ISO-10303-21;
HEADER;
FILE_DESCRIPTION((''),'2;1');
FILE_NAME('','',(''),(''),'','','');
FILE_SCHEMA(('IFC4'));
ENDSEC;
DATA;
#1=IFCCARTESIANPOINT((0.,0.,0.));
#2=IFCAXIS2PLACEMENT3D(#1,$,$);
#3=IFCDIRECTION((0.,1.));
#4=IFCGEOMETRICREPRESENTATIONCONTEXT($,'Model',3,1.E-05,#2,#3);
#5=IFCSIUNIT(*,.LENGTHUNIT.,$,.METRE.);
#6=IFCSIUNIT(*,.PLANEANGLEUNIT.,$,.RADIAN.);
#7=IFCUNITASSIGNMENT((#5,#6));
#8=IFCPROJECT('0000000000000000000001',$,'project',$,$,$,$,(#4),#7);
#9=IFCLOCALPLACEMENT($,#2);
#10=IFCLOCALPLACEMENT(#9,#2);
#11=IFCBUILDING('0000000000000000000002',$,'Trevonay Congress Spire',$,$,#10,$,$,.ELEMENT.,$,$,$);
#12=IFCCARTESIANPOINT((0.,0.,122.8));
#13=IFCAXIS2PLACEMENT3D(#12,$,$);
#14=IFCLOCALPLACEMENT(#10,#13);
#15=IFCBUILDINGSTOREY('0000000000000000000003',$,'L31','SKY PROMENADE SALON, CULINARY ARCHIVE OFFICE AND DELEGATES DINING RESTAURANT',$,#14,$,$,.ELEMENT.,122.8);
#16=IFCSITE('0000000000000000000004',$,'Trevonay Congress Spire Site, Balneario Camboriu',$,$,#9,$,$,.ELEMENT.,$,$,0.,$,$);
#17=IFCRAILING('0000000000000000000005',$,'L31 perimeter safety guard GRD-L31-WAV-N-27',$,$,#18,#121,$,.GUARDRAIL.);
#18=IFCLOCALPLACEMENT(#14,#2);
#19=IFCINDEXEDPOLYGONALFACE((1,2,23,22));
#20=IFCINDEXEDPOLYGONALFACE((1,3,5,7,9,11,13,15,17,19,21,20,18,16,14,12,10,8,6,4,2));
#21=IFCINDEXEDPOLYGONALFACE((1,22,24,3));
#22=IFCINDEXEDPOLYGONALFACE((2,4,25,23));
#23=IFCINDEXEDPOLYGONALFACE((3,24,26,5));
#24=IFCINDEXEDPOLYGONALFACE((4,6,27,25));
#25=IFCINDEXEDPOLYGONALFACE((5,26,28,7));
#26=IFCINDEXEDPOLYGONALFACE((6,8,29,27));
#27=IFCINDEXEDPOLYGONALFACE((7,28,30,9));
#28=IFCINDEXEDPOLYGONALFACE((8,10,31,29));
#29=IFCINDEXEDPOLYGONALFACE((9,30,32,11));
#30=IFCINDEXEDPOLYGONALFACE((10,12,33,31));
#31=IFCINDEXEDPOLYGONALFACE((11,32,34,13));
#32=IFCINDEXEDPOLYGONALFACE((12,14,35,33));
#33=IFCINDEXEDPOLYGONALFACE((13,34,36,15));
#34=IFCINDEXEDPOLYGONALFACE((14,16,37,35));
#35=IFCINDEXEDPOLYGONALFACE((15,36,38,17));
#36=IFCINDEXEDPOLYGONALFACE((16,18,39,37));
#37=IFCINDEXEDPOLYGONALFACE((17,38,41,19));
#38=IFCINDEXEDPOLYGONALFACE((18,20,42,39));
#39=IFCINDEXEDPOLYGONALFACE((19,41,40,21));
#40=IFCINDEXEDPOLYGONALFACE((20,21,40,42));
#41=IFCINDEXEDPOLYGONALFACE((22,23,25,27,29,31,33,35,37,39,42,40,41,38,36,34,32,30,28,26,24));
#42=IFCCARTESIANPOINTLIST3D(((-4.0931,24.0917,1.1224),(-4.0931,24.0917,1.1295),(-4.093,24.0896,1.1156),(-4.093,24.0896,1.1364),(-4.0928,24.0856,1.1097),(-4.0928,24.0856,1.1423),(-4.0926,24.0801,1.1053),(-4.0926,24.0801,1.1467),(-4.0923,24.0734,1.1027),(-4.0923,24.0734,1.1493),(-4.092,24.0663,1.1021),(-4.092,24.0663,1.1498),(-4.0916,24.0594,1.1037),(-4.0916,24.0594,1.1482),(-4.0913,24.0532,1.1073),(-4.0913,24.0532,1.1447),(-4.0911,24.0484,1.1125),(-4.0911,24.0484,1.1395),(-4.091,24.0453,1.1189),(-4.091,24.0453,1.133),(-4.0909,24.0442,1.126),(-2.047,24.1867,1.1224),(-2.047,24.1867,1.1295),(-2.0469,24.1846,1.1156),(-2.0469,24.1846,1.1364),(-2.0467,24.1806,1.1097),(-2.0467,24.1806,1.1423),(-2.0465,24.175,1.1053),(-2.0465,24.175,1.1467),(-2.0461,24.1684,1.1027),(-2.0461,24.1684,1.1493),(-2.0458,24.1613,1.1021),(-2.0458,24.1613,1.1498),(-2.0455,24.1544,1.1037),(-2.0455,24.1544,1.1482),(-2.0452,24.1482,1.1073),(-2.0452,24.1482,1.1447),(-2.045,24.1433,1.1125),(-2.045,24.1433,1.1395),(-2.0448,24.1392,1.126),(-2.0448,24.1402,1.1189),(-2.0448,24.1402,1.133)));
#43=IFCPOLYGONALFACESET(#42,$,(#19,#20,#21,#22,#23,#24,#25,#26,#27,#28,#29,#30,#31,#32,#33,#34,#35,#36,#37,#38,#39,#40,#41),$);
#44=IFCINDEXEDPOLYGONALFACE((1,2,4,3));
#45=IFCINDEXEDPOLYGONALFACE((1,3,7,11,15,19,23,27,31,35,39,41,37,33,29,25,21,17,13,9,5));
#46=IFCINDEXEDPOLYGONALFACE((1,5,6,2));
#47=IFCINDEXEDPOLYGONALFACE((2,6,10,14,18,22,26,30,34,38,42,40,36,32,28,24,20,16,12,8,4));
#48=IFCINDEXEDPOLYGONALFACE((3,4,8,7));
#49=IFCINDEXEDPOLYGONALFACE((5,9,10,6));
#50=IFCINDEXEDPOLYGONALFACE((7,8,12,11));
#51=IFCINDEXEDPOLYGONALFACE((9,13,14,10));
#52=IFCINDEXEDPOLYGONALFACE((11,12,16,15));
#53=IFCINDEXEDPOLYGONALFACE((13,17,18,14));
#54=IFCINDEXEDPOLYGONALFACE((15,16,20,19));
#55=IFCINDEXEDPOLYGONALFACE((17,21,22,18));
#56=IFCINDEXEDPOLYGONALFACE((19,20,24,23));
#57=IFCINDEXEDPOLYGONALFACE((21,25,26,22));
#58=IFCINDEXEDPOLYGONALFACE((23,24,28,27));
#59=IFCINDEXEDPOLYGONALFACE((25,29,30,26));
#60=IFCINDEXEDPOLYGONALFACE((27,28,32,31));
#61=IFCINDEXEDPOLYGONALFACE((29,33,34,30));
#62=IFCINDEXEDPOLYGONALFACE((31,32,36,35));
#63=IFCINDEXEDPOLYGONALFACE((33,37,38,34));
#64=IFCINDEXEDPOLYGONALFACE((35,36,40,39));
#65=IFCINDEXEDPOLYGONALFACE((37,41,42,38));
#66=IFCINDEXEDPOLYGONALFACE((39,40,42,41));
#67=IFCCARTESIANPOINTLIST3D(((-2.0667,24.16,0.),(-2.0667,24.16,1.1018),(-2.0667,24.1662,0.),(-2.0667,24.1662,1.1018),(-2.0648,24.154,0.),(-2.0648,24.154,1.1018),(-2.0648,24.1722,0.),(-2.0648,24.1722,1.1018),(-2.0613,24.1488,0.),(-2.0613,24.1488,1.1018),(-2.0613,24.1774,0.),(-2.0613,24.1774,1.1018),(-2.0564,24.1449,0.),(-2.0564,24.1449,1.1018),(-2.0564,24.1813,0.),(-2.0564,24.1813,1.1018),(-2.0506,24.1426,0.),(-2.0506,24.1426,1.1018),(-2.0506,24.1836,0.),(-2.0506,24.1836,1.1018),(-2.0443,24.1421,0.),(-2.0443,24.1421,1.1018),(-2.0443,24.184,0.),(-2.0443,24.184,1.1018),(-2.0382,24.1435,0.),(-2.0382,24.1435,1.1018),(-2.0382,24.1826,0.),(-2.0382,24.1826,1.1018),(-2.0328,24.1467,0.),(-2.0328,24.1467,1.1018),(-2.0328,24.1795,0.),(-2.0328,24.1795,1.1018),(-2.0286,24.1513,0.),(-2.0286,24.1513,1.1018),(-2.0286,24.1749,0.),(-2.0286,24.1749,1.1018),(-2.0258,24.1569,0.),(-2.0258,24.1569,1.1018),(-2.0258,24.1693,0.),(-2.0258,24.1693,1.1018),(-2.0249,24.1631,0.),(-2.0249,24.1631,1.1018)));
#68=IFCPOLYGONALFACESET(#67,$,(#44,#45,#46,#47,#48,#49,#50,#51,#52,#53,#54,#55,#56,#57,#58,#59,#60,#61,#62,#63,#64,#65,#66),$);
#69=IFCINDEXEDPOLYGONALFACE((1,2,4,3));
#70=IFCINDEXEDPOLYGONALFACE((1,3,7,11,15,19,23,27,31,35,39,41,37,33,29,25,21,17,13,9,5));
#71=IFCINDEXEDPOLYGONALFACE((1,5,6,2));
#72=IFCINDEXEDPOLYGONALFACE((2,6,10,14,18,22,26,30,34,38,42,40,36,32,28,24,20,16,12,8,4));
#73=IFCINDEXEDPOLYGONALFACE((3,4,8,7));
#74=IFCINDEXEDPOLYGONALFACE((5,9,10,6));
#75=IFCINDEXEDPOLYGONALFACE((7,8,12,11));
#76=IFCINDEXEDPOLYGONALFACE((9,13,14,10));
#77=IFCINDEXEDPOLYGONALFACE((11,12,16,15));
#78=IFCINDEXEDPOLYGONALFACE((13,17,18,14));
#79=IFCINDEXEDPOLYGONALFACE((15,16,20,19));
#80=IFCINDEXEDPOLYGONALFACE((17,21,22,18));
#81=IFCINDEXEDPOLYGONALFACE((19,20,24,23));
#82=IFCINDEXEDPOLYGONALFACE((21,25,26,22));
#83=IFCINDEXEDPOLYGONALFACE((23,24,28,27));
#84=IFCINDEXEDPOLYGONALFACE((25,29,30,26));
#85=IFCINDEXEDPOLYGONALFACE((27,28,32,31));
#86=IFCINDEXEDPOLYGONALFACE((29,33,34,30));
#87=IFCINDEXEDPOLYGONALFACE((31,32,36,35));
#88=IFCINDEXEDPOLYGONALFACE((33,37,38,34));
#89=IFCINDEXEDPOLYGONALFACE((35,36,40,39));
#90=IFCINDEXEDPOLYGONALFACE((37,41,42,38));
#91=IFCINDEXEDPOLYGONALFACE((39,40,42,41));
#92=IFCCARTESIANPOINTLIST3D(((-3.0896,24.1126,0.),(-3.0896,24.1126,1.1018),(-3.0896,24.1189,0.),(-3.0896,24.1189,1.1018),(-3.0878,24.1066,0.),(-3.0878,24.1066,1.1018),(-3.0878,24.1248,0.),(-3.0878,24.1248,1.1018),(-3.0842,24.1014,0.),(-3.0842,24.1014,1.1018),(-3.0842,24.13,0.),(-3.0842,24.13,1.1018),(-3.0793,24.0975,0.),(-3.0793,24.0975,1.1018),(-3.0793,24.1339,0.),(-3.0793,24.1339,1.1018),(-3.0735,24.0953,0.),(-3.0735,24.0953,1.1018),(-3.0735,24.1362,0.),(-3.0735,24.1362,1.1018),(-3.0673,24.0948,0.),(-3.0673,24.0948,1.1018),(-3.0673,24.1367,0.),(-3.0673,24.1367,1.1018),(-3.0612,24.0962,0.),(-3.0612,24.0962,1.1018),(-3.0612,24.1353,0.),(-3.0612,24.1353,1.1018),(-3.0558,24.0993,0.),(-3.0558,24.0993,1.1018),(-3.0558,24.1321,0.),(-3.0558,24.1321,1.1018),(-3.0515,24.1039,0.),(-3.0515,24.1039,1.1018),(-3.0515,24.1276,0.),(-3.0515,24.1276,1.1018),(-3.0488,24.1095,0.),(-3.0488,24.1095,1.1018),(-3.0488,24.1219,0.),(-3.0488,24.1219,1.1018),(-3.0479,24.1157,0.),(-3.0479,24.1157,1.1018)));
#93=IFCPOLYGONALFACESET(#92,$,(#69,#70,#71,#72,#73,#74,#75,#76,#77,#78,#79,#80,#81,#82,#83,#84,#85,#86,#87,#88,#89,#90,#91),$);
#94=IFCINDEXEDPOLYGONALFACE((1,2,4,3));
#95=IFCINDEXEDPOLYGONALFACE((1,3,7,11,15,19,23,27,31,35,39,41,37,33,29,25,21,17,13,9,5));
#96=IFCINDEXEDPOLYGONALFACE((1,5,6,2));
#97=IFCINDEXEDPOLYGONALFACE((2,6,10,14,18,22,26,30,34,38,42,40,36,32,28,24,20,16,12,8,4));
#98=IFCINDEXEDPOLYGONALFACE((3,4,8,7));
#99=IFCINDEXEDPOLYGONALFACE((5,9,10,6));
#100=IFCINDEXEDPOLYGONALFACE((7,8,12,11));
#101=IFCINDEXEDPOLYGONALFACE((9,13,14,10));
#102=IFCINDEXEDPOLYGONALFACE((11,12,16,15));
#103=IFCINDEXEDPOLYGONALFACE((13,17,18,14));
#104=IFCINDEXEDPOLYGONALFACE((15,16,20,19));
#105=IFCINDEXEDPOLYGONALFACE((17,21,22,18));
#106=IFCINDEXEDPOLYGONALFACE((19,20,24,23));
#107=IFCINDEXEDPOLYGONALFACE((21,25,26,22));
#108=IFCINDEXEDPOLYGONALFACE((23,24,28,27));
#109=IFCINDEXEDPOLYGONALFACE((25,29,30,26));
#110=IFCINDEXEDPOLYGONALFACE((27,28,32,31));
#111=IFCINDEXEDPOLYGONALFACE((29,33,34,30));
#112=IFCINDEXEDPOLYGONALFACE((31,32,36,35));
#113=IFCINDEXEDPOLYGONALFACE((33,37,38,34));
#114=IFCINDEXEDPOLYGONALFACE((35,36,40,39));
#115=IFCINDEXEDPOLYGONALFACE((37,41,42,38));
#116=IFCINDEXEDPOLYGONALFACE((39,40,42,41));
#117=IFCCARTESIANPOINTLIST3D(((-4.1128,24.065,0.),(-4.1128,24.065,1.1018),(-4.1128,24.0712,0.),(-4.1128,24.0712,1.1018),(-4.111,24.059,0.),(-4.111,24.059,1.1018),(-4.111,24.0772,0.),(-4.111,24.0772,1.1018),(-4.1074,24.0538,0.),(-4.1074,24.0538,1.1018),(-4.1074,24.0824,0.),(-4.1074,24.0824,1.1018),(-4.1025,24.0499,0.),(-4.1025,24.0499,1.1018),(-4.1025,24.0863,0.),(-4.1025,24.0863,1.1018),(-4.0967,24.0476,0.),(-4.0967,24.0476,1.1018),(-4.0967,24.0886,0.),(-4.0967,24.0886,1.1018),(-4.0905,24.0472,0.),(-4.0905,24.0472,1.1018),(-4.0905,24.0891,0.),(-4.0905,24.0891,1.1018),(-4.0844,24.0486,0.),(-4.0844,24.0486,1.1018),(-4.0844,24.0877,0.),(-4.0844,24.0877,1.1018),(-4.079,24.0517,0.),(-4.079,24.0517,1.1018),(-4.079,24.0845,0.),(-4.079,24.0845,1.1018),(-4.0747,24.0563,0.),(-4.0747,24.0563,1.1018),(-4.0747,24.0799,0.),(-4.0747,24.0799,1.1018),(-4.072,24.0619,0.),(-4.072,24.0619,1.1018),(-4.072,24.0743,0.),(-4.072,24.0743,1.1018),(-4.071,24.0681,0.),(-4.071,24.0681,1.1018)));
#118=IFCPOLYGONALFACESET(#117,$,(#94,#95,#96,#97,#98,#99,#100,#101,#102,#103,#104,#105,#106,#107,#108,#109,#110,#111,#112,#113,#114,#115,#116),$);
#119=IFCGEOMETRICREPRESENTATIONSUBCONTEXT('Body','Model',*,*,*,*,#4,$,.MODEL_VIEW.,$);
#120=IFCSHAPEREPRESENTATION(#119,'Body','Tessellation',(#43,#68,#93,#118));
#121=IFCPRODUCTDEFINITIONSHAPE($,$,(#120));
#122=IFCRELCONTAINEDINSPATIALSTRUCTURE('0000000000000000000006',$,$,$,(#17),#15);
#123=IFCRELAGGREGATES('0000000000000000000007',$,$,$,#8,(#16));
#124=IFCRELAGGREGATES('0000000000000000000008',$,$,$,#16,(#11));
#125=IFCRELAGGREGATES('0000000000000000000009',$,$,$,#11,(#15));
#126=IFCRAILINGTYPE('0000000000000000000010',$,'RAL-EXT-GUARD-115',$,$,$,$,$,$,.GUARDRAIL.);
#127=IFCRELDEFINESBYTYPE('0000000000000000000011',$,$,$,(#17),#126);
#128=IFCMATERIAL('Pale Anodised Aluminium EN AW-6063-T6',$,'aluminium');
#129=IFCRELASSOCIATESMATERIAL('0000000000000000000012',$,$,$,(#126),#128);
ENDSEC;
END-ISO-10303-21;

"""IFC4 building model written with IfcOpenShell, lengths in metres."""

from ifc_helpers import new_model, si_unit, direction, frame, origin, origin_2d, place, context, subcontext, project, spatial, circle, extrude, material, type_object, element, save


model = new_model("IFC4")

# Units and contexts
model_context = context("Model", 3, precision=1e-05, world=origin(), true_north=direction((0.0, 1.0)))
body_context = subcontext(model_context, "Body", "Model", "MODEL_VIEW")
ifc_project = project(units=[si_unit("LENGTHUNIT", "METRE"), si_unit("PLANEANGLEUNIT", "RADIAN")], contexts=[model_context])

# Site, building, storey
site_placement = place(None, origin())
site = spatial("IfcSite", under=ifc_project, at=site_placement, Name="Trevonay Congress Spire Site, Balneario Camboriu", CompositionType="ELEMENT", RefElevation=0.0)
building_placement = place(site_placement, origin())
building = spatial("IfcBuilding", under=site, at=building_placement, Name="Trevonay Congress Spire", CompositionType="ELEMENT")
storey_placement = place(building_placement, frame((0.0, 0.0, 122.8)))
storey = spatial("IfcBuildingStorey", under=building, at=storey_placement, Name="L31", Description="SKY PROMENADE SALON, CULINARY ARCHIVE OFFICE AND DELEGATES DINING RESTAURANT", CompositionType="ELEMENT", Elevation=122.8)

# Shared definitions
ifc_material_1 = material(Name="Pale Anodised Aluminium EN AW-6063-T6", Category="aluminium")

# Railing
railing_type = type_object("IfcRailingType", Name="RAL-EXT-GUARD-115", PredefinedType="GUARDRAIL", material=ifc_material_1)
railing_1_placement = place(storey_placement, frame((-2.0459, 24.1631, 0.0)))
element("IfcRailing", 1, at=railing_1_placement, inside=storey, type_object=railing_type, Name="L31 perimeter safety guard GRD-L31-WAV-N-27", PredefinedType="GUARDRAIL", context=body_context, shape_type="SweptSolid", body=[
    extrude(circle(Radius=0.0239, at=origin_2d()), frame((0.0, 0.0, 1.126), z_axis=(-0.998925, -0.046365, 0.0), x_axis=(0.046365, -0.998925, 0.0)), (0.0, 0.0, 1.0), 2.0483),
    extrude(circle(Radius=0.021, at=origin_2d()), origin(), (0.0, 0.0, 1.0), 1.1018),
    extrude(circle(Radius=0.021, at=origin_2d()), frame((-1.0229, -0.0474, 0.0)), (0.0, 0.0, 1.0), 1.1018),
    extrude(circle(Radius=0.021, at=origin_2d()), frame((-2.0461, -0.095, 0.0)), (0.0, 0.0, 1.0), 1.1018),
])

save(model, "model.ifc")
